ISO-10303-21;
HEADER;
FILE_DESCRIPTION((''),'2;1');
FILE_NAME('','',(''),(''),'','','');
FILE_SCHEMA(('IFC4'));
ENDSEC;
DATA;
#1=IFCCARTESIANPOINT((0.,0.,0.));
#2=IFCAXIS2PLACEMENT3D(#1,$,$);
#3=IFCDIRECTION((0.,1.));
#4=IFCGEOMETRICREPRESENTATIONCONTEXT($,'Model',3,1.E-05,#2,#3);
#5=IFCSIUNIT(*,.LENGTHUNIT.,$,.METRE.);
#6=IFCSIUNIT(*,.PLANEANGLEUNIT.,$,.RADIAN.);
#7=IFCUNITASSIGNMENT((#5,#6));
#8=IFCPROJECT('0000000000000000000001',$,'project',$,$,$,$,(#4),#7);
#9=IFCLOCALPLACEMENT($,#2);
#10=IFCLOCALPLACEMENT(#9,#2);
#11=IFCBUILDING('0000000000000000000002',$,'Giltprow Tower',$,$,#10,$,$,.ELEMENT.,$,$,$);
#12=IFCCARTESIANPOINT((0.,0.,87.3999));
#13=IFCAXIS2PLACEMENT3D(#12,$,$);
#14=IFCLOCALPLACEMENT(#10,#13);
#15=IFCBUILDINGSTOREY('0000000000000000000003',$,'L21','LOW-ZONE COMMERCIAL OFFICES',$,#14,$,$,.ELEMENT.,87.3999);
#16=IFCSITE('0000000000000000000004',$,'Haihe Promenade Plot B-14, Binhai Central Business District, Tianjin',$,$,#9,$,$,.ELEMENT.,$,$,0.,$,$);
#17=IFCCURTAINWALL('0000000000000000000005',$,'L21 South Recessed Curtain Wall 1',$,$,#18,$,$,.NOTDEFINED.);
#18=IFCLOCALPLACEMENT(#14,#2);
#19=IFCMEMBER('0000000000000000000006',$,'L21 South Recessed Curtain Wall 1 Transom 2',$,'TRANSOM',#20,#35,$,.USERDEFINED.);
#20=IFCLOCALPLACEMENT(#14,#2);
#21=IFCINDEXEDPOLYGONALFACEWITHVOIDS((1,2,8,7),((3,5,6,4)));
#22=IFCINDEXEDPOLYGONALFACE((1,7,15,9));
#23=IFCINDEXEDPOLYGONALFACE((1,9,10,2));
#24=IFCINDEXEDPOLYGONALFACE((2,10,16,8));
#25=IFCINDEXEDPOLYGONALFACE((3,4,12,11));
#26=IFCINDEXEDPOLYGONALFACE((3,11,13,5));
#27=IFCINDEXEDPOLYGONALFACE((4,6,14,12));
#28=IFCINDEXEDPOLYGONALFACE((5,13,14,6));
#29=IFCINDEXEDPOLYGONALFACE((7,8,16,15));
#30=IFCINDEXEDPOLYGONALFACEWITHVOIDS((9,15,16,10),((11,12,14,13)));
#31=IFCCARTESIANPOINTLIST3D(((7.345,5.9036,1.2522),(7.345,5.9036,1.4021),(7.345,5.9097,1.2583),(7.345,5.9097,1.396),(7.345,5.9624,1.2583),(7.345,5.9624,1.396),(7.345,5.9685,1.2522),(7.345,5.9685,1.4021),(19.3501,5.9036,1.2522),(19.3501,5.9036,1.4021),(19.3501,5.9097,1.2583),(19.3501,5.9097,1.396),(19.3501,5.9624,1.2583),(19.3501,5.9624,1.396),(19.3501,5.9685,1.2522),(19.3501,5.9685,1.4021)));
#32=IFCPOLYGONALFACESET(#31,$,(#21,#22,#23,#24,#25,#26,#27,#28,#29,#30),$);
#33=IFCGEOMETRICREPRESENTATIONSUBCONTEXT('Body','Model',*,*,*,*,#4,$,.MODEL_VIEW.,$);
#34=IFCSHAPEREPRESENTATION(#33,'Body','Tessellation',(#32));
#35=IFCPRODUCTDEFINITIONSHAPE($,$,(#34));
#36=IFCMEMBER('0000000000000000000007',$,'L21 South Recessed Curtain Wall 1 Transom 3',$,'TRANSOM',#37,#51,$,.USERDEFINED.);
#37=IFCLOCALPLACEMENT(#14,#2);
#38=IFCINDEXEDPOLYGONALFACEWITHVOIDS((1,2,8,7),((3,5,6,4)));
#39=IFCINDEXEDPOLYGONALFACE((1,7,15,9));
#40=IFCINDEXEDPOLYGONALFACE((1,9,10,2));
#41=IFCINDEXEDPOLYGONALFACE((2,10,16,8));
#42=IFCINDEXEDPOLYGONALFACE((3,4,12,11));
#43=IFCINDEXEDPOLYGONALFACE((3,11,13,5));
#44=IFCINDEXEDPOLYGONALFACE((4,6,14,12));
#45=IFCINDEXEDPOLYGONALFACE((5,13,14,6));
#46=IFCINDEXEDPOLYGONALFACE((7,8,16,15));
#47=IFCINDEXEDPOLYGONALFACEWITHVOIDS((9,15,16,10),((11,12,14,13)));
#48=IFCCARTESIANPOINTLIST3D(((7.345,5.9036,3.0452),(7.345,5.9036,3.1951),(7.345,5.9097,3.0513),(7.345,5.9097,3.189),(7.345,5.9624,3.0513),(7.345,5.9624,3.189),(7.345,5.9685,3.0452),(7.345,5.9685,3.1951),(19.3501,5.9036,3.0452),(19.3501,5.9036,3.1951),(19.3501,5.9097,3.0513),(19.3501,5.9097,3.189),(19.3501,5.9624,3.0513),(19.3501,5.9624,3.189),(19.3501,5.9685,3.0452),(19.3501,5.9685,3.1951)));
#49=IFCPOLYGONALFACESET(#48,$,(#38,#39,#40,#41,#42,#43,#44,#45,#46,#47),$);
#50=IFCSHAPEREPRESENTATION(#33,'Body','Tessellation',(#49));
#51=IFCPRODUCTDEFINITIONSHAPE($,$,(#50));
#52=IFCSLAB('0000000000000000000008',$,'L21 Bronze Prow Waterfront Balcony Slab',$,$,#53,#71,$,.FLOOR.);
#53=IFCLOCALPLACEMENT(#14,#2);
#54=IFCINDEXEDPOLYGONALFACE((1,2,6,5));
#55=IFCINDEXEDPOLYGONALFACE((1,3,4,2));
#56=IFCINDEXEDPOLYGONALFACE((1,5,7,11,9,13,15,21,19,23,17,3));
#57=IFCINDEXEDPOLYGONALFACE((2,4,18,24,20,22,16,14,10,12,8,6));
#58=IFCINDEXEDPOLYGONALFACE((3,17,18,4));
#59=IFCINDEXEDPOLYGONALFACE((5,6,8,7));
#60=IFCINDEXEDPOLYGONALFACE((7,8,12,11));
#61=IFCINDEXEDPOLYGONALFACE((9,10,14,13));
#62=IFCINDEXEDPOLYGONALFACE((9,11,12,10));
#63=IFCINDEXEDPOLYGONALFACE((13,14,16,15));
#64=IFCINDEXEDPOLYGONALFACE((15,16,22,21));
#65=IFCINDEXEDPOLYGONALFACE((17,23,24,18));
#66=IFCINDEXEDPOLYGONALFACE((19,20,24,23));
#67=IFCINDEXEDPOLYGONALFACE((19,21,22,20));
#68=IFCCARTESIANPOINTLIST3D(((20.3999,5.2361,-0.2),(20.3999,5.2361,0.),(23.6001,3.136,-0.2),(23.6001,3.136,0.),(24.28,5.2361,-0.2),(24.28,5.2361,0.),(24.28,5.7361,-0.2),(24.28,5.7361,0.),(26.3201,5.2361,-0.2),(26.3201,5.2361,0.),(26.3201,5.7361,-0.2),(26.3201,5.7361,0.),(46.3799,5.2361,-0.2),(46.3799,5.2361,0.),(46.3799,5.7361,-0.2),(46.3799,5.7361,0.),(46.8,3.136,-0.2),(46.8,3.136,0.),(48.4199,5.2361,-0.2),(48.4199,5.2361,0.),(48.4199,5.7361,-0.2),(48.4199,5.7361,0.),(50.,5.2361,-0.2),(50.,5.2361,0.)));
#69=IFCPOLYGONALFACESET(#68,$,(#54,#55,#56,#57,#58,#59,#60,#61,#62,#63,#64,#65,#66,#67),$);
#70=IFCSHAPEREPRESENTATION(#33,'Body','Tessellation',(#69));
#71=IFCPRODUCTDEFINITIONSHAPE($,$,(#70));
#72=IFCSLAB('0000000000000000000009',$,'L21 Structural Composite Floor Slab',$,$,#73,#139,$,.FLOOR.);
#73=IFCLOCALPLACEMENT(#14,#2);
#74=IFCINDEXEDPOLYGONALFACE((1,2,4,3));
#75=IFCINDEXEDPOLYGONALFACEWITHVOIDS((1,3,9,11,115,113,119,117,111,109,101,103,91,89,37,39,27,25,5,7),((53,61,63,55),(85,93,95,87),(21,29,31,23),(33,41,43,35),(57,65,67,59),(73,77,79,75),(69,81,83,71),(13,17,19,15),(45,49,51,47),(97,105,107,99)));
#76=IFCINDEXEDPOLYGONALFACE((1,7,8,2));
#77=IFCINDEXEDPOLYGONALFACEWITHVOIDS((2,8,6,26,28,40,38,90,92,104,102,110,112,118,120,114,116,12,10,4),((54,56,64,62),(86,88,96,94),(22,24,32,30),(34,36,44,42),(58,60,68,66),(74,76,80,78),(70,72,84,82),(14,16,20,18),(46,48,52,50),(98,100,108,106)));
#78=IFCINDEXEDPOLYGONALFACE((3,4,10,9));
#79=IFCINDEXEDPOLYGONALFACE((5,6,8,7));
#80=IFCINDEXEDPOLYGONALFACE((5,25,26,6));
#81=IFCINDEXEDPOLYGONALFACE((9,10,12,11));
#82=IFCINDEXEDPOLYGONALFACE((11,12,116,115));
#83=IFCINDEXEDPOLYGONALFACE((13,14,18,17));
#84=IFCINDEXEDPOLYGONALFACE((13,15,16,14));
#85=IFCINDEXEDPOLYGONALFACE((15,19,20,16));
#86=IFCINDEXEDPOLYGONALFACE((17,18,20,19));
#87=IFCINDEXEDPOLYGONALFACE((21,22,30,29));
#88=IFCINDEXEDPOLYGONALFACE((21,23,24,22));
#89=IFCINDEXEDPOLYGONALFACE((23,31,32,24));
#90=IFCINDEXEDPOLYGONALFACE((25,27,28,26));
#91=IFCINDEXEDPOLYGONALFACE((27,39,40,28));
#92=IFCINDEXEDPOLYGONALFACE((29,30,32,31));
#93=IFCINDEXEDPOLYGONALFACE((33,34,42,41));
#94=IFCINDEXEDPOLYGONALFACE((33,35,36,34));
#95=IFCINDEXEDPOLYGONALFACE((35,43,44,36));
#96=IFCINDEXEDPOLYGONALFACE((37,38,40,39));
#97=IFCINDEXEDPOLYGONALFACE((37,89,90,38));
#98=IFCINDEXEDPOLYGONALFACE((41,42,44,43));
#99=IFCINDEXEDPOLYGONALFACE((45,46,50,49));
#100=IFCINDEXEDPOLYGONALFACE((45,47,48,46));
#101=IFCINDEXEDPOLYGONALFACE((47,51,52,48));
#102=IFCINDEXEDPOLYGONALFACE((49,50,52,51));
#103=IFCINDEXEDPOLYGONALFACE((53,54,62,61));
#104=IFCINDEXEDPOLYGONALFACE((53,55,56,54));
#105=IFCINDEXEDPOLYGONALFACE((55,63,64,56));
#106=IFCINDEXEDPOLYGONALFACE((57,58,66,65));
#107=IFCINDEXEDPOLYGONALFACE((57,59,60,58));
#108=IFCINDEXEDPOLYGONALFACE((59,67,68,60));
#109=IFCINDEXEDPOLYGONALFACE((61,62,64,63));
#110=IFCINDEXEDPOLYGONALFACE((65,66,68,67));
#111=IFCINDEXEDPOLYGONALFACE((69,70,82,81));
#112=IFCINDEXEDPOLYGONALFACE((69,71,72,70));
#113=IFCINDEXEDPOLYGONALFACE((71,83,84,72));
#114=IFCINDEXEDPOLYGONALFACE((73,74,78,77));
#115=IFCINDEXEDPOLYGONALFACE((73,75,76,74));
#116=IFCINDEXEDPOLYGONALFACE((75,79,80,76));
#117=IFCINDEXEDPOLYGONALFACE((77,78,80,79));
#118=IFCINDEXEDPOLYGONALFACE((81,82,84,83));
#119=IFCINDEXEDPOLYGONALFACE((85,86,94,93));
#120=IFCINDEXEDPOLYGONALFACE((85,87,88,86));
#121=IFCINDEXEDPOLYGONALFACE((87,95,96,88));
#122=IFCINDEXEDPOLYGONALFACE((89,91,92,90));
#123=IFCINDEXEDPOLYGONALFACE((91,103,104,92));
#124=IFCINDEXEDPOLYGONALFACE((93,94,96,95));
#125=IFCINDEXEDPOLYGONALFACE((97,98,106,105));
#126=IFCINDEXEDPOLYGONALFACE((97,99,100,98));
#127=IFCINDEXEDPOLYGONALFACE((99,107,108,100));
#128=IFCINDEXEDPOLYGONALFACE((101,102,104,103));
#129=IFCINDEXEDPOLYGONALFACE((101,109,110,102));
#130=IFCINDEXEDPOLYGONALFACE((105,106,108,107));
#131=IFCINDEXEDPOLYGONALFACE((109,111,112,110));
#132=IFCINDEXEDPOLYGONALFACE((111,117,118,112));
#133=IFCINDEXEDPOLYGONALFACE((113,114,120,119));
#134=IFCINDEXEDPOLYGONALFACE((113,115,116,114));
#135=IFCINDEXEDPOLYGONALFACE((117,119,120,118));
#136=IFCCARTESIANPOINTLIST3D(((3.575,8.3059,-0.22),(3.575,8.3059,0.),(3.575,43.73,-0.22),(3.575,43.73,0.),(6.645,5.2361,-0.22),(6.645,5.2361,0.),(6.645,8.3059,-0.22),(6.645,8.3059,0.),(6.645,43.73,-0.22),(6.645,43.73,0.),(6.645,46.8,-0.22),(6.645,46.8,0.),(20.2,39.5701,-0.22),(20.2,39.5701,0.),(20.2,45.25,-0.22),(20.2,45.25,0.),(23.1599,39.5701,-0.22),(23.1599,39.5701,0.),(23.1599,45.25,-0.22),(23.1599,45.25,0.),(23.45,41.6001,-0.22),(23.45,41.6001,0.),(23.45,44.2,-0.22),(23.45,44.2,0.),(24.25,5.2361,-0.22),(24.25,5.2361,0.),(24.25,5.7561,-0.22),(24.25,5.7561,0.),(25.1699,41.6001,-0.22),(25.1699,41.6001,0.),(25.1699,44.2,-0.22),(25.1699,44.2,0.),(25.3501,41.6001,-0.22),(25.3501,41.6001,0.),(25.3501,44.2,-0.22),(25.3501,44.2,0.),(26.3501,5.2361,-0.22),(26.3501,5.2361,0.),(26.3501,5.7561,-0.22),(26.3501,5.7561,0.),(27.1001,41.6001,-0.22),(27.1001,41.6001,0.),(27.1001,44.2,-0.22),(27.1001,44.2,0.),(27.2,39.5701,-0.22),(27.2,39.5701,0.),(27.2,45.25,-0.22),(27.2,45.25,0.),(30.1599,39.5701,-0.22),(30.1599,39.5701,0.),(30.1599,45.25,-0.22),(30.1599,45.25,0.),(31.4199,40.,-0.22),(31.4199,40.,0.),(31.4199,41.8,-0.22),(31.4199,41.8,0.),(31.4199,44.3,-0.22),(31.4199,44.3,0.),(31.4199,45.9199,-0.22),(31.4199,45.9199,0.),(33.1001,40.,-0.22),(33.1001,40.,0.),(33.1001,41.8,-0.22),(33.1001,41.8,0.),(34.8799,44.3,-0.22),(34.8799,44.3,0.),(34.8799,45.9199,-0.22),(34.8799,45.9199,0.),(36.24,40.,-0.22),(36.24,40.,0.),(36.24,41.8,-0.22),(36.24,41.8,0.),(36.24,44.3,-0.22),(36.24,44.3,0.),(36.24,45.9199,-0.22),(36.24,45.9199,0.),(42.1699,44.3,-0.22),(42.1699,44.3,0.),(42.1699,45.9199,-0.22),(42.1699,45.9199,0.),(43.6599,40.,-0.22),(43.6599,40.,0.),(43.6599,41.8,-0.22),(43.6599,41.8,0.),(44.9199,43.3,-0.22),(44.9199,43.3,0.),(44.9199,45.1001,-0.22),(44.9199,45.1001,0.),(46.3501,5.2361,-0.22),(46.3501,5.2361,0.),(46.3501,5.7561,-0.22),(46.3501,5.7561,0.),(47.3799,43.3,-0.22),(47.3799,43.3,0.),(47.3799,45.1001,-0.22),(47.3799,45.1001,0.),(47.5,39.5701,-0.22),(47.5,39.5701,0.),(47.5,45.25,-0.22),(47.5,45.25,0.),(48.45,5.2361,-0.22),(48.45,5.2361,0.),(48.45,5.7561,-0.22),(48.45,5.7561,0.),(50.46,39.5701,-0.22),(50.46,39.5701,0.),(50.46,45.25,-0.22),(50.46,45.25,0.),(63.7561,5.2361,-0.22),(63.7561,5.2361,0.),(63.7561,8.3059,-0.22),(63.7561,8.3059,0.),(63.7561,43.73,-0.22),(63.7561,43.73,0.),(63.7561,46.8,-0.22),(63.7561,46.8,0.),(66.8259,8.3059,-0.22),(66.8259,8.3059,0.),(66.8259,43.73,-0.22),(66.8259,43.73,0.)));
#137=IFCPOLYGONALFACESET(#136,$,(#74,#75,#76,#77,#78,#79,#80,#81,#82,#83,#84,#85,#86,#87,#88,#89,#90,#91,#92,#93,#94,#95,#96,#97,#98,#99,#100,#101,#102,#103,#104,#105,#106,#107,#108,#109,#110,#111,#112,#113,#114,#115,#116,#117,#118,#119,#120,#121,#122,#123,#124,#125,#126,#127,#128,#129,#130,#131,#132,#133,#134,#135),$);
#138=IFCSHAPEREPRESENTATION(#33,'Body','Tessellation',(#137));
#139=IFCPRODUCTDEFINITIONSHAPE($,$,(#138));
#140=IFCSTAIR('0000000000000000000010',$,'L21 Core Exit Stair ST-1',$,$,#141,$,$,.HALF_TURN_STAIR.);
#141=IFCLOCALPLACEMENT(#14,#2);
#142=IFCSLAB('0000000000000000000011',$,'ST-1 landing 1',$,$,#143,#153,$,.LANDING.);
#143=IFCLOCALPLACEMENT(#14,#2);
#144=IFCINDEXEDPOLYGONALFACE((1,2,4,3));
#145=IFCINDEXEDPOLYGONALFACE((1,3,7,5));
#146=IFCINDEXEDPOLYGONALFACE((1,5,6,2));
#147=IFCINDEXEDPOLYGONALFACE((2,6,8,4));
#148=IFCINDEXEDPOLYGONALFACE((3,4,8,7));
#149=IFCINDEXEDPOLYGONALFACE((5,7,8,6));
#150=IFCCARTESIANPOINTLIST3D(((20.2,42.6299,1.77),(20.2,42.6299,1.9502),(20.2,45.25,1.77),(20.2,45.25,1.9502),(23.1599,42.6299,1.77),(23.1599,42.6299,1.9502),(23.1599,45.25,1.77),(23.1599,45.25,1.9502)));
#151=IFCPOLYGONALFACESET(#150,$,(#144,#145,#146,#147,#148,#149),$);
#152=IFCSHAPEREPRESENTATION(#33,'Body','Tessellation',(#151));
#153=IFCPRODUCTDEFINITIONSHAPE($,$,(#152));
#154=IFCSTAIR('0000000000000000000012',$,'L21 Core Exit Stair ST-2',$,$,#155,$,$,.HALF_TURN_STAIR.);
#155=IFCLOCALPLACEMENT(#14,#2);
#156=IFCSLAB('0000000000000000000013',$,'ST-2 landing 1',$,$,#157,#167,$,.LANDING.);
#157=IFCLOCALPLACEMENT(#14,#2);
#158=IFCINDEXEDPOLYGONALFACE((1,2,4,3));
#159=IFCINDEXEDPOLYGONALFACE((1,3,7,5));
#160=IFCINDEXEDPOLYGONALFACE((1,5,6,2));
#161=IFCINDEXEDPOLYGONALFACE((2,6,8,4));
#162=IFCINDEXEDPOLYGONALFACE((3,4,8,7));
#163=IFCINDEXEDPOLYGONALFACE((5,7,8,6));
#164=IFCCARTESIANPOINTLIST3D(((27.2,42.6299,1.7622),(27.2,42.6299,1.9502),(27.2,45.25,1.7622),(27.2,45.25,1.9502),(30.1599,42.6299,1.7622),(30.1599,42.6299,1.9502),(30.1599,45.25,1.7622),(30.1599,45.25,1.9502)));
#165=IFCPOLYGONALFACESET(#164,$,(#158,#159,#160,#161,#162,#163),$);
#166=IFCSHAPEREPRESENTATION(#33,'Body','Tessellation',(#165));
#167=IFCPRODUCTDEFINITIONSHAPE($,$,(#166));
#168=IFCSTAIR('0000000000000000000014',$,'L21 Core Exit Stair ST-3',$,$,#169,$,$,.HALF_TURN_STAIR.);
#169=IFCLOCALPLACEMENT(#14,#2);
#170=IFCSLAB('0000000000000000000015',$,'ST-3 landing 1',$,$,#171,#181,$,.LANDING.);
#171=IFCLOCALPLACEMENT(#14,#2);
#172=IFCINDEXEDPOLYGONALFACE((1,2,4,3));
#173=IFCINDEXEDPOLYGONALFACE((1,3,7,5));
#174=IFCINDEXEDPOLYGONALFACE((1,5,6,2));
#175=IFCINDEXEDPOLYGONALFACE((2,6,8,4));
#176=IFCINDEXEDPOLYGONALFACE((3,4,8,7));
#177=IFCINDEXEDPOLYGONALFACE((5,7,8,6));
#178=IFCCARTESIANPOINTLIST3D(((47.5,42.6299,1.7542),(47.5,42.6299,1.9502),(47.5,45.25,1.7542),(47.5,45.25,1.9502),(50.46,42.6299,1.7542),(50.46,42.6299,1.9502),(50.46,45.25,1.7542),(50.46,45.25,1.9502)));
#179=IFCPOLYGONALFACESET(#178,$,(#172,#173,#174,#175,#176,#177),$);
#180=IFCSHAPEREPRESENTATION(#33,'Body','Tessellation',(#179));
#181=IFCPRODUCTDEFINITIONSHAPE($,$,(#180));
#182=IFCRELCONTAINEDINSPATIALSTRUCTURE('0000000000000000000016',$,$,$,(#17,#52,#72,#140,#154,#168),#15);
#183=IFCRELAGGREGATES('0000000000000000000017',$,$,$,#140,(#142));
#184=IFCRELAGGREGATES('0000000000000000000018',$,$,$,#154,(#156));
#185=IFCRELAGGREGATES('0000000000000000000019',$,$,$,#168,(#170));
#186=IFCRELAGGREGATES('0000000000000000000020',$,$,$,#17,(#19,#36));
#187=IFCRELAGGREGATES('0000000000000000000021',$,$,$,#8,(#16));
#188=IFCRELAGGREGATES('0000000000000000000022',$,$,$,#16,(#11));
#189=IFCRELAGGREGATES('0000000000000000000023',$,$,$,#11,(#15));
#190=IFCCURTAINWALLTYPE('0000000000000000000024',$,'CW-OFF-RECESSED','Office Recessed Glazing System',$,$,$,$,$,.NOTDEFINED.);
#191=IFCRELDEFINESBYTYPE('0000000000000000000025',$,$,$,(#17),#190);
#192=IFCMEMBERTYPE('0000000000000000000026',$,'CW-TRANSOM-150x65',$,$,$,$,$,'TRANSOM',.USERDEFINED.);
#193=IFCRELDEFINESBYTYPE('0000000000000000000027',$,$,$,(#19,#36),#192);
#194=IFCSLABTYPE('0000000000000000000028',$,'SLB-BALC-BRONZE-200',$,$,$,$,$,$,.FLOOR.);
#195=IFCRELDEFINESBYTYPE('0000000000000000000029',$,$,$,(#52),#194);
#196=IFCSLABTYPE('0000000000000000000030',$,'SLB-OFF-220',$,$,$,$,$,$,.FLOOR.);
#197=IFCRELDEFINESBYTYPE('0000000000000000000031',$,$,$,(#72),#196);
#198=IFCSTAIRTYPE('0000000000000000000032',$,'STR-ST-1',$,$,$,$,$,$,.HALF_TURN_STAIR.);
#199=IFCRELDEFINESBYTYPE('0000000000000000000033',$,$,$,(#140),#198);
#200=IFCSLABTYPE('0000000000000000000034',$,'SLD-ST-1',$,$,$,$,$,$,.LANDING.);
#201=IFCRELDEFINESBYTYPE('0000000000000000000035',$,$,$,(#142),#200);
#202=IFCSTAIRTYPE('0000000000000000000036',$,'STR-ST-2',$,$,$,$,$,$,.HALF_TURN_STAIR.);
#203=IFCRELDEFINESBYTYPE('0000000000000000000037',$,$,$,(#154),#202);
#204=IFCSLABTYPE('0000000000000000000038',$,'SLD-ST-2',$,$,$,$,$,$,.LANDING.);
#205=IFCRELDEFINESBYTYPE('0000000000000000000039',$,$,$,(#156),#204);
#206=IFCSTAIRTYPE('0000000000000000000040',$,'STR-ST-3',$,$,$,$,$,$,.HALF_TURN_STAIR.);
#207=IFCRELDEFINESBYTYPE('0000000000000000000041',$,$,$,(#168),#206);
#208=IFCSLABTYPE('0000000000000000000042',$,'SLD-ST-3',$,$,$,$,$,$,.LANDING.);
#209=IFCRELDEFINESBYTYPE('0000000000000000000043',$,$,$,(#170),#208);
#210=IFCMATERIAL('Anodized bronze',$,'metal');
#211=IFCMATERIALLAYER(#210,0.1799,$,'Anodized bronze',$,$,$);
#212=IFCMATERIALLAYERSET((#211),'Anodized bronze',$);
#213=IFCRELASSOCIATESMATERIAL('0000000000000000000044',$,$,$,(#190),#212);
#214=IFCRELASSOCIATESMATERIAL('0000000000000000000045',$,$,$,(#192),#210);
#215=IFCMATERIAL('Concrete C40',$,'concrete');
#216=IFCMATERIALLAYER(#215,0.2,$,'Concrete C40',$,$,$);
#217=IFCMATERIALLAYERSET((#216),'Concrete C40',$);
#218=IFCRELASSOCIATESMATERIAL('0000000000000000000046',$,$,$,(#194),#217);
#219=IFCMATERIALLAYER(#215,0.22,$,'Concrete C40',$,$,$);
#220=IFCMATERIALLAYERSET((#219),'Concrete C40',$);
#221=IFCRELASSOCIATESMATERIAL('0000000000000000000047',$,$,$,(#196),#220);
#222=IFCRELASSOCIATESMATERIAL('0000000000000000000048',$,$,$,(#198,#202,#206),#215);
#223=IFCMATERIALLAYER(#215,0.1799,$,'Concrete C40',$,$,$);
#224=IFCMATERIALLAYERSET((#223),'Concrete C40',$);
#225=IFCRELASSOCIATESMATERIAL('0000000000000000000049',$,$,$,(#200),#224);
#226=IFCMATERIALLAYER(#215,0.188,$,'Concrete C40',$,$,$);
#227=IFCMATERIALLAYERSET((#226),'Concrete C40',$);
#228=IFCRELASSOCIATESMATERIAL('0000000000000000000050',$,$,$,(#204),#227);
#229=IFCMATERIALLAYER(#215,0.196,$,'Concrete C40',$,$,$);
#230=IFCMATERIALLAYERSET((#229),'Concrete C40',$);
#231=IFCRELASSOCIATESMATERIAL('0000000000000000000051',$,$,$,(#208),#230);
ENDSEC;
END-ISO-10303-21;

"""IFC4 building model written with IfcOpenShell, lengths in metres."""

from ifc_helpers import new_model, si_unit, direction, frame, origin, origin_2d, place, context, subcontext, project, spatial, polyline, hollow_rectangle, outline, extrude, source, transform, mapped, material, layer, layer_set, material_profile, profile_set, type_object, element, aggregate, save


model = new_model("IFC4")

# Units and contexts
model_context = context("Model", 3, precision=1e-05, world=origin(), true_north=direction((0.0, 1.0)))
body_context = subcontext(model_context, "Body", "Model", "MODEL_VIEW")
ifc_project = project(units=[si_unit("LENGTHUNIT", "METRE"), si_unit("PLANEANGLEUNIT", "RADIAN")], contexts=[model_context])

# Site, building, storey
site_placement = place(None, origin())
site = spatial("IfcSite", under=ifc_project, at=site_placement, Name="Haihe Promenade Plot B-14, Binhai Central Business District, Tianjin", CompositionType="ELEMENT", RefElevation=0.0)
building_placement = place(site_placement, origin())
building = spatial("IfcBuilding", under=site, at=building_placement, Name="Giltprow Tower", CompositionType="ELEMENT")
storey_placement = place(building_placement, frame((0.0, 0.0, 87.3999)))
storey = spatial("IfcBuildingStorey", under=building, at=storey_placement, Name="L21", Description="LOW-ZONE COMMERCIAL OFFICES", CompositionType="ELEMENT", Elevation=87.3999)

# Curtain wall, members
ifc_material_1 = material(Name="Anodized bronze", Category="metal")
ifc_layer_1 = layer(ifc_material_1, 0.1799, Name="Anodized bronze")
ifc_layer_set_1 = layer_set([ifc_layer_1], Name="Anodized bronze")
curtain_wall_type = type_object("IfcCurtainWallType", Name="CW-OFF-RECESSED", Description="Office Recessed Glazing System", PredefinedType="NOTDEFINED", material=ifc_layer_set_1)
curtain_wall_placement = place(storey_placement, origin())
curtain_wall = element("IfcCurtainWall", 1, at=curtain_wall_placement, inside=storey, type_object=curtain_wall_type, Name="L21 South Recessed Curtain Wall 1", PredefinedType="NOTDEFINED")
ifc_material_profile_1 = material_profile(ifc_material_1, hollow_rectangle(XDim=0.0649, YDim=0.1499, WallThickness=0.0061, at=origin_2d()), Name="RHS 150x65x6")
ifc_profile_set_1 = profile_set([ifc_material_profile_1], Name="Anodized bronze")
member_type_1 = type_object("IfcMemberType", Name="CW-TRANSOM-150x65", ElementType="TRANSOM", PredefinedType="USERDEFINED", material=ifc_profile_set_1)
shared_shape_1 = source(origin(), body_context, "Body", "SweptSolid", [
    extrude(hollow_rectangle(XDim=0.0649, YDim=0.1499, WallThickness=0.0061, at=origin_2d()), origin(), (0.0, 0.0, 1.0), 12.0051),
])
member_1_placement = place(storey_placement, frame((7.345, 5.936, 1.3271), z_axis=(1.0, 0.0, 0.0), x_axis=(0.0, 1.0, 0.0)))
member_1 = element("IfcMember", 2, at=member_1_placement, type_object=member_type_1, Name="L21 South Recessed Curtain Wall 1 Transom 2", ObjectType="TRANSOM", PredefinedType="USERDEFINED", context=body_context, shape_type="MappedRepresentation", body=[
    mapped(shared_shape_1, transform((0.0, 0.0, 0.0), x_axis=(1.0, 0.0, 0.0), y_axis=(0.0, 1.0, 0.0), z_axis=(0.0, 0.0, 1.0), scale=1.0)),
])
member_2_placement = place(storey_placement, frame((7.345, 5.936, 3.1201), z_axis=(1.0, 0.0, 0.0), x_axis=(0.0, 1.0, 0.0)))
member_2 = element("IfcMember", 3, at=member_2_placement, type_object=member_type_1, Name="L21 South Recessed Curtain Wall 1 Transom 3", ObjectType="TRANSOM", PredefinedType="USERDEFINED", context=body_context, shape_type="MappedRepresentation", body=[
    mapped(shared_shape_1, transform((0.0, 0.0, 0.0), x_axis=(1.0, 0.0, 0.0), y_axis=(0.0, 1.0, 0.0), z_axis=(0.0, 0.0, 1.0), scale=1.0)),
])

# Slabs
ifc_material_2 = material(Name="Concrete C40", Category="concrete")
ifc_layer_2 = layer(ifc_material_2, 0.2, Name="Concrete C40")
ifc_layer_set_2 = layer_set([ifc_layer_2], Name="Concrete C40")
slab_type_1 = type_object("IfcSlabType", Name="SLB-BALC-BRONZE-200", PredefinedType="FLOOR", material=ifc_layer_set_2)
slab_1_placement = place(storey_placement, frame((0.0, 0.0, -0.2)))
element("IfcSlab", 4, at=slab_1_placement, inside=storey, type_object=slab_type_1, Name="L21 Bronze Prow Waterfront Balcony Slab", PredefinedType="FLOOR", context=body_context, shape_type="SweptSolid", body=[
    extrude(outline(polyline([(50.0, 5.2361), (46.8, 3.136), (23.6001, 3.136), (20.3999, 5.2361), (24.28, 5.2361), (24.28, 5.7361), (26.3201, 5.7361), (26.3201, 5.2361), (46.3799, 5.2361), (46.3799, 5.7361), (48.4199, 5.7361), (48.4199, 5.2361), (50.0, 5.2361)])), origin(), (0.0, 0.0, 1.0), 0.2),
])
ifc_layer_3 = layer(ifc_material_2, 0.22, Name="Concrete C40")
ifc_layer_set_3 = layer_set([ifc_layer_3], Name="Concrete C40")
slab_type_2 = type_object("IfcSlabType", Name="SLB-OFF-220", PredefinedType="FLOOR", material=ifc_layer_set_3)
slab_2_placement = place(storey_placement, frame((0.0, 0.0, -0.22)))
element("IfcSlab", 5, at=slab_2_placement, inside=storey, type_object=slab_type_2, Name="L21 Structural Composite Floor Slab", PredefinedType="FLOOR", context=body_context, shape_type="SweptSolid", body=[
    extrude(outline(polyline([(6.645, 5.2361), (6.645, 8.3059), (3.575, 8.3059), (3.575, 43.73), (6.645, 43.73), (6.645, 46.8), (63.7561, 46.8), (63.7561, 43.73), (66.8259, 43.73), (66.8259, 8.3059), (63.7561, 8.3059), (63.7561, 5.2361), (48.45, 5.2361), (48.45, 5.7561), (46.3501, 5.7561), (46.3501, 5.2361), (26.3501, 5.2361), (26.3501, 5.7561), (24.25, 5.7561), (24.25, 5.2361), (6.645, 5.2361)]), holes=[polyline([(33.1001, 41.8), (31.4199, 41.8), (31.4199, 40.0), (33.1001, 40.0), (33.1001, 41.8)]), polyline([(23.1599, 39.5701), (23.1599, 45.25), (20.2, 45.25), (20.2, 39.5701), (23.1599, 39.5701)]), polyline([(30.1599, 45.25), (27.2, 45.25), (27.2, 39.5701), (30.1599, 39.5701), (30.1599, 45.25)]), polyline([(25.1699, 41.6001), (25.1699, 44.2), (23.45, 44.2), (23.45, 41.6001), (25.1699, 41.6001)]), polyline([(27.1001, 41.6001), (27.1001, 44.2), (25.3501, 44.2), (25.3501, 41.6001), (27.1001, 41.6001)]), polyline([(43.6599, 40.0), (43.6599, 41.8), (36.24, 41.8), (36.24, 40.0), (43.6599, 40.0)]), polyline([(50.46, 39.5701), (50.46, 45.25), (47.5, 45.25), (47.5, 39.5701), (50.46, 39.5701)]), polyline([(47.3799, 45.1001), (44.9199, 45.1001), (44.9199, 43.3), (47.3799, 43.3), (47.3799, 45.1001)]), polyline([(34.8799, 44.3), (34.8799, 45.9199), (31.4199, 45.9199), (31.4199, 44.3), (34.8799, 44.3)]), polyline([(42.1699, 44.3), (42.1699, 45.9199), (36.24, 45.9199), (36.24, 44.3), (42.1699, 44.3)])]), origin(), (0.0, 0.0, 1.0), 0.22),
])

# Stairs, slabs
stair_type_1 = type_object("IfcStairType", Name="STR-ST-1", PredefinedType="HALF_TURN_STAIR", material=ifc_material_2)
stair_1_placement = place(storey_placement, origin())
stair_1 = element("IfcStair", 6, at=stair_1_placement, inside=storey, type_object=stair_type_1, Name="L21 Core Exit Stair ST-1", PredefinedType="HALF_TURN_STAIR")
ifc_layer_4 = layer(ifc_material_2, 0.1799, Name="Concrete C40")
ifc_layer_set_4 = layer_set([ifc_layer_4], Name="Concrete C40")
slab_type_3 = type_object("IfcSlabType", Name="SLD-ST-1", PredefinedType="LANDING", material=ifc_layer_set_4)
slab_3_placement = place(storey_placement, frame((0.0, 0.0, 1.77)))
slab_3 = element("IfcSlab", 7, at=slab_3_placement, type_object=slab_type_3, Name="ST-1 landing 1", PredefinedType="LANDING", context=body_context, shape_type="SweptSolid", body=[
    extrude(outline(polyline([(23.1599, 42.6299), (23.1599, 45.25), (20.2, 45.25), (20.2, 42.6299), (23.1599, 42.6299)])), origin(), (0.0, 0.0, 1.0), 0.1802),
])
aggregate(stair_1, [slab_3])
stair_type_2 = type_object("IfcStairType", Name="STR-ST-2", PredefinedType="HALF_TURN_STAIR", material=ifc_material_2)
stair_2_placement = place(storey_placement, origin())
stair_2 = element("IfcStair", 8, at=stair_2_placement, inside=storey, type_object=stair_type_2, Name="L21 Core Exit Stair ST-2", PredefinedType="HALF_TURN_STAIR")
ifc_layer_5 = layer(ifc_material_2, 0.188, Name="Concrete C40")
ifc_layer_set_5 = layer_set([ifc_layer_5], Name="Concrete C40")
slab_type_4 = type_object("IfcSlabType", Name="SLD-ST-2", PredefinedType="LANDING", material=ifc_layer_set_5)
slab_4_placement = place(storey_placement, frame((0.0, 0.0, 1.7622)))
slab_4 = element("IfcSlab", 9, at=slab_4_placement, type_object=slab_type_4, Name="ST-2 landing 1", PredefinedType="LANDING", context=body_context, shape_type="SweptSolid", body=[
    extrude(outline(polyline([(30.1599, 42.6299), (30.1599, 45.25), (27.2, 45.25), (27.2, 42.6299), (30.1599, 42.6299)])), origin(), (0.0, 0.0, 1.0), 0.188),
])
aggregate(stair_2, [slab_4])
stair_type_3 = type_object("IfcStairType", Name="STR-ST-3", PredefinedType="HALF_TURN_STAIR", material=ifc_material_2)
stair_3_placement = place(storey_placement, origin())
stair_3 = element("IfcStair", 10, at=stair_3_placement, inside=storey, type_object=stair_type_3, Name="L21 Core Exit Stair ST-3", PredefinedType="HALF_TURN_STAIR")
ifc_layer_6 = layer(ifc_material_2, 0.196, Name="Concrete C40")
ifc_layer_set_6 = layer_set([ifc_layer_6], Name="Concrete C40")
slab_type_5 = type_object("IfcSlabType", Name="SLD-ST-3", PredefinedType="LANDING", material=ifc_layer_set_6)
slab_5_placement = place(storey_placement, frame((0.0, 0.0, 1.7542)))
slab_5 = element("IfcSlab", 11, at=slab_5_placement, type_object=slab_type_5, Name="ST-3 landing 1", PredefinedType="LANDING", context=body_context, shape_type="SweptSolid", body=[
    extrude(outline(polyline([(50.46, 42.6299), (50.46, 45.25), (47.5, 45.25), (47.5, 42.6299), (50.46, 42.6299)])), origin(), (0.0, 0.0, 1.0), 0.196),
])
aggregate(stair_3, [slab_5])

aggregate(curtain_wall, [member_1, member_2])

save(model, "model.ifc")
